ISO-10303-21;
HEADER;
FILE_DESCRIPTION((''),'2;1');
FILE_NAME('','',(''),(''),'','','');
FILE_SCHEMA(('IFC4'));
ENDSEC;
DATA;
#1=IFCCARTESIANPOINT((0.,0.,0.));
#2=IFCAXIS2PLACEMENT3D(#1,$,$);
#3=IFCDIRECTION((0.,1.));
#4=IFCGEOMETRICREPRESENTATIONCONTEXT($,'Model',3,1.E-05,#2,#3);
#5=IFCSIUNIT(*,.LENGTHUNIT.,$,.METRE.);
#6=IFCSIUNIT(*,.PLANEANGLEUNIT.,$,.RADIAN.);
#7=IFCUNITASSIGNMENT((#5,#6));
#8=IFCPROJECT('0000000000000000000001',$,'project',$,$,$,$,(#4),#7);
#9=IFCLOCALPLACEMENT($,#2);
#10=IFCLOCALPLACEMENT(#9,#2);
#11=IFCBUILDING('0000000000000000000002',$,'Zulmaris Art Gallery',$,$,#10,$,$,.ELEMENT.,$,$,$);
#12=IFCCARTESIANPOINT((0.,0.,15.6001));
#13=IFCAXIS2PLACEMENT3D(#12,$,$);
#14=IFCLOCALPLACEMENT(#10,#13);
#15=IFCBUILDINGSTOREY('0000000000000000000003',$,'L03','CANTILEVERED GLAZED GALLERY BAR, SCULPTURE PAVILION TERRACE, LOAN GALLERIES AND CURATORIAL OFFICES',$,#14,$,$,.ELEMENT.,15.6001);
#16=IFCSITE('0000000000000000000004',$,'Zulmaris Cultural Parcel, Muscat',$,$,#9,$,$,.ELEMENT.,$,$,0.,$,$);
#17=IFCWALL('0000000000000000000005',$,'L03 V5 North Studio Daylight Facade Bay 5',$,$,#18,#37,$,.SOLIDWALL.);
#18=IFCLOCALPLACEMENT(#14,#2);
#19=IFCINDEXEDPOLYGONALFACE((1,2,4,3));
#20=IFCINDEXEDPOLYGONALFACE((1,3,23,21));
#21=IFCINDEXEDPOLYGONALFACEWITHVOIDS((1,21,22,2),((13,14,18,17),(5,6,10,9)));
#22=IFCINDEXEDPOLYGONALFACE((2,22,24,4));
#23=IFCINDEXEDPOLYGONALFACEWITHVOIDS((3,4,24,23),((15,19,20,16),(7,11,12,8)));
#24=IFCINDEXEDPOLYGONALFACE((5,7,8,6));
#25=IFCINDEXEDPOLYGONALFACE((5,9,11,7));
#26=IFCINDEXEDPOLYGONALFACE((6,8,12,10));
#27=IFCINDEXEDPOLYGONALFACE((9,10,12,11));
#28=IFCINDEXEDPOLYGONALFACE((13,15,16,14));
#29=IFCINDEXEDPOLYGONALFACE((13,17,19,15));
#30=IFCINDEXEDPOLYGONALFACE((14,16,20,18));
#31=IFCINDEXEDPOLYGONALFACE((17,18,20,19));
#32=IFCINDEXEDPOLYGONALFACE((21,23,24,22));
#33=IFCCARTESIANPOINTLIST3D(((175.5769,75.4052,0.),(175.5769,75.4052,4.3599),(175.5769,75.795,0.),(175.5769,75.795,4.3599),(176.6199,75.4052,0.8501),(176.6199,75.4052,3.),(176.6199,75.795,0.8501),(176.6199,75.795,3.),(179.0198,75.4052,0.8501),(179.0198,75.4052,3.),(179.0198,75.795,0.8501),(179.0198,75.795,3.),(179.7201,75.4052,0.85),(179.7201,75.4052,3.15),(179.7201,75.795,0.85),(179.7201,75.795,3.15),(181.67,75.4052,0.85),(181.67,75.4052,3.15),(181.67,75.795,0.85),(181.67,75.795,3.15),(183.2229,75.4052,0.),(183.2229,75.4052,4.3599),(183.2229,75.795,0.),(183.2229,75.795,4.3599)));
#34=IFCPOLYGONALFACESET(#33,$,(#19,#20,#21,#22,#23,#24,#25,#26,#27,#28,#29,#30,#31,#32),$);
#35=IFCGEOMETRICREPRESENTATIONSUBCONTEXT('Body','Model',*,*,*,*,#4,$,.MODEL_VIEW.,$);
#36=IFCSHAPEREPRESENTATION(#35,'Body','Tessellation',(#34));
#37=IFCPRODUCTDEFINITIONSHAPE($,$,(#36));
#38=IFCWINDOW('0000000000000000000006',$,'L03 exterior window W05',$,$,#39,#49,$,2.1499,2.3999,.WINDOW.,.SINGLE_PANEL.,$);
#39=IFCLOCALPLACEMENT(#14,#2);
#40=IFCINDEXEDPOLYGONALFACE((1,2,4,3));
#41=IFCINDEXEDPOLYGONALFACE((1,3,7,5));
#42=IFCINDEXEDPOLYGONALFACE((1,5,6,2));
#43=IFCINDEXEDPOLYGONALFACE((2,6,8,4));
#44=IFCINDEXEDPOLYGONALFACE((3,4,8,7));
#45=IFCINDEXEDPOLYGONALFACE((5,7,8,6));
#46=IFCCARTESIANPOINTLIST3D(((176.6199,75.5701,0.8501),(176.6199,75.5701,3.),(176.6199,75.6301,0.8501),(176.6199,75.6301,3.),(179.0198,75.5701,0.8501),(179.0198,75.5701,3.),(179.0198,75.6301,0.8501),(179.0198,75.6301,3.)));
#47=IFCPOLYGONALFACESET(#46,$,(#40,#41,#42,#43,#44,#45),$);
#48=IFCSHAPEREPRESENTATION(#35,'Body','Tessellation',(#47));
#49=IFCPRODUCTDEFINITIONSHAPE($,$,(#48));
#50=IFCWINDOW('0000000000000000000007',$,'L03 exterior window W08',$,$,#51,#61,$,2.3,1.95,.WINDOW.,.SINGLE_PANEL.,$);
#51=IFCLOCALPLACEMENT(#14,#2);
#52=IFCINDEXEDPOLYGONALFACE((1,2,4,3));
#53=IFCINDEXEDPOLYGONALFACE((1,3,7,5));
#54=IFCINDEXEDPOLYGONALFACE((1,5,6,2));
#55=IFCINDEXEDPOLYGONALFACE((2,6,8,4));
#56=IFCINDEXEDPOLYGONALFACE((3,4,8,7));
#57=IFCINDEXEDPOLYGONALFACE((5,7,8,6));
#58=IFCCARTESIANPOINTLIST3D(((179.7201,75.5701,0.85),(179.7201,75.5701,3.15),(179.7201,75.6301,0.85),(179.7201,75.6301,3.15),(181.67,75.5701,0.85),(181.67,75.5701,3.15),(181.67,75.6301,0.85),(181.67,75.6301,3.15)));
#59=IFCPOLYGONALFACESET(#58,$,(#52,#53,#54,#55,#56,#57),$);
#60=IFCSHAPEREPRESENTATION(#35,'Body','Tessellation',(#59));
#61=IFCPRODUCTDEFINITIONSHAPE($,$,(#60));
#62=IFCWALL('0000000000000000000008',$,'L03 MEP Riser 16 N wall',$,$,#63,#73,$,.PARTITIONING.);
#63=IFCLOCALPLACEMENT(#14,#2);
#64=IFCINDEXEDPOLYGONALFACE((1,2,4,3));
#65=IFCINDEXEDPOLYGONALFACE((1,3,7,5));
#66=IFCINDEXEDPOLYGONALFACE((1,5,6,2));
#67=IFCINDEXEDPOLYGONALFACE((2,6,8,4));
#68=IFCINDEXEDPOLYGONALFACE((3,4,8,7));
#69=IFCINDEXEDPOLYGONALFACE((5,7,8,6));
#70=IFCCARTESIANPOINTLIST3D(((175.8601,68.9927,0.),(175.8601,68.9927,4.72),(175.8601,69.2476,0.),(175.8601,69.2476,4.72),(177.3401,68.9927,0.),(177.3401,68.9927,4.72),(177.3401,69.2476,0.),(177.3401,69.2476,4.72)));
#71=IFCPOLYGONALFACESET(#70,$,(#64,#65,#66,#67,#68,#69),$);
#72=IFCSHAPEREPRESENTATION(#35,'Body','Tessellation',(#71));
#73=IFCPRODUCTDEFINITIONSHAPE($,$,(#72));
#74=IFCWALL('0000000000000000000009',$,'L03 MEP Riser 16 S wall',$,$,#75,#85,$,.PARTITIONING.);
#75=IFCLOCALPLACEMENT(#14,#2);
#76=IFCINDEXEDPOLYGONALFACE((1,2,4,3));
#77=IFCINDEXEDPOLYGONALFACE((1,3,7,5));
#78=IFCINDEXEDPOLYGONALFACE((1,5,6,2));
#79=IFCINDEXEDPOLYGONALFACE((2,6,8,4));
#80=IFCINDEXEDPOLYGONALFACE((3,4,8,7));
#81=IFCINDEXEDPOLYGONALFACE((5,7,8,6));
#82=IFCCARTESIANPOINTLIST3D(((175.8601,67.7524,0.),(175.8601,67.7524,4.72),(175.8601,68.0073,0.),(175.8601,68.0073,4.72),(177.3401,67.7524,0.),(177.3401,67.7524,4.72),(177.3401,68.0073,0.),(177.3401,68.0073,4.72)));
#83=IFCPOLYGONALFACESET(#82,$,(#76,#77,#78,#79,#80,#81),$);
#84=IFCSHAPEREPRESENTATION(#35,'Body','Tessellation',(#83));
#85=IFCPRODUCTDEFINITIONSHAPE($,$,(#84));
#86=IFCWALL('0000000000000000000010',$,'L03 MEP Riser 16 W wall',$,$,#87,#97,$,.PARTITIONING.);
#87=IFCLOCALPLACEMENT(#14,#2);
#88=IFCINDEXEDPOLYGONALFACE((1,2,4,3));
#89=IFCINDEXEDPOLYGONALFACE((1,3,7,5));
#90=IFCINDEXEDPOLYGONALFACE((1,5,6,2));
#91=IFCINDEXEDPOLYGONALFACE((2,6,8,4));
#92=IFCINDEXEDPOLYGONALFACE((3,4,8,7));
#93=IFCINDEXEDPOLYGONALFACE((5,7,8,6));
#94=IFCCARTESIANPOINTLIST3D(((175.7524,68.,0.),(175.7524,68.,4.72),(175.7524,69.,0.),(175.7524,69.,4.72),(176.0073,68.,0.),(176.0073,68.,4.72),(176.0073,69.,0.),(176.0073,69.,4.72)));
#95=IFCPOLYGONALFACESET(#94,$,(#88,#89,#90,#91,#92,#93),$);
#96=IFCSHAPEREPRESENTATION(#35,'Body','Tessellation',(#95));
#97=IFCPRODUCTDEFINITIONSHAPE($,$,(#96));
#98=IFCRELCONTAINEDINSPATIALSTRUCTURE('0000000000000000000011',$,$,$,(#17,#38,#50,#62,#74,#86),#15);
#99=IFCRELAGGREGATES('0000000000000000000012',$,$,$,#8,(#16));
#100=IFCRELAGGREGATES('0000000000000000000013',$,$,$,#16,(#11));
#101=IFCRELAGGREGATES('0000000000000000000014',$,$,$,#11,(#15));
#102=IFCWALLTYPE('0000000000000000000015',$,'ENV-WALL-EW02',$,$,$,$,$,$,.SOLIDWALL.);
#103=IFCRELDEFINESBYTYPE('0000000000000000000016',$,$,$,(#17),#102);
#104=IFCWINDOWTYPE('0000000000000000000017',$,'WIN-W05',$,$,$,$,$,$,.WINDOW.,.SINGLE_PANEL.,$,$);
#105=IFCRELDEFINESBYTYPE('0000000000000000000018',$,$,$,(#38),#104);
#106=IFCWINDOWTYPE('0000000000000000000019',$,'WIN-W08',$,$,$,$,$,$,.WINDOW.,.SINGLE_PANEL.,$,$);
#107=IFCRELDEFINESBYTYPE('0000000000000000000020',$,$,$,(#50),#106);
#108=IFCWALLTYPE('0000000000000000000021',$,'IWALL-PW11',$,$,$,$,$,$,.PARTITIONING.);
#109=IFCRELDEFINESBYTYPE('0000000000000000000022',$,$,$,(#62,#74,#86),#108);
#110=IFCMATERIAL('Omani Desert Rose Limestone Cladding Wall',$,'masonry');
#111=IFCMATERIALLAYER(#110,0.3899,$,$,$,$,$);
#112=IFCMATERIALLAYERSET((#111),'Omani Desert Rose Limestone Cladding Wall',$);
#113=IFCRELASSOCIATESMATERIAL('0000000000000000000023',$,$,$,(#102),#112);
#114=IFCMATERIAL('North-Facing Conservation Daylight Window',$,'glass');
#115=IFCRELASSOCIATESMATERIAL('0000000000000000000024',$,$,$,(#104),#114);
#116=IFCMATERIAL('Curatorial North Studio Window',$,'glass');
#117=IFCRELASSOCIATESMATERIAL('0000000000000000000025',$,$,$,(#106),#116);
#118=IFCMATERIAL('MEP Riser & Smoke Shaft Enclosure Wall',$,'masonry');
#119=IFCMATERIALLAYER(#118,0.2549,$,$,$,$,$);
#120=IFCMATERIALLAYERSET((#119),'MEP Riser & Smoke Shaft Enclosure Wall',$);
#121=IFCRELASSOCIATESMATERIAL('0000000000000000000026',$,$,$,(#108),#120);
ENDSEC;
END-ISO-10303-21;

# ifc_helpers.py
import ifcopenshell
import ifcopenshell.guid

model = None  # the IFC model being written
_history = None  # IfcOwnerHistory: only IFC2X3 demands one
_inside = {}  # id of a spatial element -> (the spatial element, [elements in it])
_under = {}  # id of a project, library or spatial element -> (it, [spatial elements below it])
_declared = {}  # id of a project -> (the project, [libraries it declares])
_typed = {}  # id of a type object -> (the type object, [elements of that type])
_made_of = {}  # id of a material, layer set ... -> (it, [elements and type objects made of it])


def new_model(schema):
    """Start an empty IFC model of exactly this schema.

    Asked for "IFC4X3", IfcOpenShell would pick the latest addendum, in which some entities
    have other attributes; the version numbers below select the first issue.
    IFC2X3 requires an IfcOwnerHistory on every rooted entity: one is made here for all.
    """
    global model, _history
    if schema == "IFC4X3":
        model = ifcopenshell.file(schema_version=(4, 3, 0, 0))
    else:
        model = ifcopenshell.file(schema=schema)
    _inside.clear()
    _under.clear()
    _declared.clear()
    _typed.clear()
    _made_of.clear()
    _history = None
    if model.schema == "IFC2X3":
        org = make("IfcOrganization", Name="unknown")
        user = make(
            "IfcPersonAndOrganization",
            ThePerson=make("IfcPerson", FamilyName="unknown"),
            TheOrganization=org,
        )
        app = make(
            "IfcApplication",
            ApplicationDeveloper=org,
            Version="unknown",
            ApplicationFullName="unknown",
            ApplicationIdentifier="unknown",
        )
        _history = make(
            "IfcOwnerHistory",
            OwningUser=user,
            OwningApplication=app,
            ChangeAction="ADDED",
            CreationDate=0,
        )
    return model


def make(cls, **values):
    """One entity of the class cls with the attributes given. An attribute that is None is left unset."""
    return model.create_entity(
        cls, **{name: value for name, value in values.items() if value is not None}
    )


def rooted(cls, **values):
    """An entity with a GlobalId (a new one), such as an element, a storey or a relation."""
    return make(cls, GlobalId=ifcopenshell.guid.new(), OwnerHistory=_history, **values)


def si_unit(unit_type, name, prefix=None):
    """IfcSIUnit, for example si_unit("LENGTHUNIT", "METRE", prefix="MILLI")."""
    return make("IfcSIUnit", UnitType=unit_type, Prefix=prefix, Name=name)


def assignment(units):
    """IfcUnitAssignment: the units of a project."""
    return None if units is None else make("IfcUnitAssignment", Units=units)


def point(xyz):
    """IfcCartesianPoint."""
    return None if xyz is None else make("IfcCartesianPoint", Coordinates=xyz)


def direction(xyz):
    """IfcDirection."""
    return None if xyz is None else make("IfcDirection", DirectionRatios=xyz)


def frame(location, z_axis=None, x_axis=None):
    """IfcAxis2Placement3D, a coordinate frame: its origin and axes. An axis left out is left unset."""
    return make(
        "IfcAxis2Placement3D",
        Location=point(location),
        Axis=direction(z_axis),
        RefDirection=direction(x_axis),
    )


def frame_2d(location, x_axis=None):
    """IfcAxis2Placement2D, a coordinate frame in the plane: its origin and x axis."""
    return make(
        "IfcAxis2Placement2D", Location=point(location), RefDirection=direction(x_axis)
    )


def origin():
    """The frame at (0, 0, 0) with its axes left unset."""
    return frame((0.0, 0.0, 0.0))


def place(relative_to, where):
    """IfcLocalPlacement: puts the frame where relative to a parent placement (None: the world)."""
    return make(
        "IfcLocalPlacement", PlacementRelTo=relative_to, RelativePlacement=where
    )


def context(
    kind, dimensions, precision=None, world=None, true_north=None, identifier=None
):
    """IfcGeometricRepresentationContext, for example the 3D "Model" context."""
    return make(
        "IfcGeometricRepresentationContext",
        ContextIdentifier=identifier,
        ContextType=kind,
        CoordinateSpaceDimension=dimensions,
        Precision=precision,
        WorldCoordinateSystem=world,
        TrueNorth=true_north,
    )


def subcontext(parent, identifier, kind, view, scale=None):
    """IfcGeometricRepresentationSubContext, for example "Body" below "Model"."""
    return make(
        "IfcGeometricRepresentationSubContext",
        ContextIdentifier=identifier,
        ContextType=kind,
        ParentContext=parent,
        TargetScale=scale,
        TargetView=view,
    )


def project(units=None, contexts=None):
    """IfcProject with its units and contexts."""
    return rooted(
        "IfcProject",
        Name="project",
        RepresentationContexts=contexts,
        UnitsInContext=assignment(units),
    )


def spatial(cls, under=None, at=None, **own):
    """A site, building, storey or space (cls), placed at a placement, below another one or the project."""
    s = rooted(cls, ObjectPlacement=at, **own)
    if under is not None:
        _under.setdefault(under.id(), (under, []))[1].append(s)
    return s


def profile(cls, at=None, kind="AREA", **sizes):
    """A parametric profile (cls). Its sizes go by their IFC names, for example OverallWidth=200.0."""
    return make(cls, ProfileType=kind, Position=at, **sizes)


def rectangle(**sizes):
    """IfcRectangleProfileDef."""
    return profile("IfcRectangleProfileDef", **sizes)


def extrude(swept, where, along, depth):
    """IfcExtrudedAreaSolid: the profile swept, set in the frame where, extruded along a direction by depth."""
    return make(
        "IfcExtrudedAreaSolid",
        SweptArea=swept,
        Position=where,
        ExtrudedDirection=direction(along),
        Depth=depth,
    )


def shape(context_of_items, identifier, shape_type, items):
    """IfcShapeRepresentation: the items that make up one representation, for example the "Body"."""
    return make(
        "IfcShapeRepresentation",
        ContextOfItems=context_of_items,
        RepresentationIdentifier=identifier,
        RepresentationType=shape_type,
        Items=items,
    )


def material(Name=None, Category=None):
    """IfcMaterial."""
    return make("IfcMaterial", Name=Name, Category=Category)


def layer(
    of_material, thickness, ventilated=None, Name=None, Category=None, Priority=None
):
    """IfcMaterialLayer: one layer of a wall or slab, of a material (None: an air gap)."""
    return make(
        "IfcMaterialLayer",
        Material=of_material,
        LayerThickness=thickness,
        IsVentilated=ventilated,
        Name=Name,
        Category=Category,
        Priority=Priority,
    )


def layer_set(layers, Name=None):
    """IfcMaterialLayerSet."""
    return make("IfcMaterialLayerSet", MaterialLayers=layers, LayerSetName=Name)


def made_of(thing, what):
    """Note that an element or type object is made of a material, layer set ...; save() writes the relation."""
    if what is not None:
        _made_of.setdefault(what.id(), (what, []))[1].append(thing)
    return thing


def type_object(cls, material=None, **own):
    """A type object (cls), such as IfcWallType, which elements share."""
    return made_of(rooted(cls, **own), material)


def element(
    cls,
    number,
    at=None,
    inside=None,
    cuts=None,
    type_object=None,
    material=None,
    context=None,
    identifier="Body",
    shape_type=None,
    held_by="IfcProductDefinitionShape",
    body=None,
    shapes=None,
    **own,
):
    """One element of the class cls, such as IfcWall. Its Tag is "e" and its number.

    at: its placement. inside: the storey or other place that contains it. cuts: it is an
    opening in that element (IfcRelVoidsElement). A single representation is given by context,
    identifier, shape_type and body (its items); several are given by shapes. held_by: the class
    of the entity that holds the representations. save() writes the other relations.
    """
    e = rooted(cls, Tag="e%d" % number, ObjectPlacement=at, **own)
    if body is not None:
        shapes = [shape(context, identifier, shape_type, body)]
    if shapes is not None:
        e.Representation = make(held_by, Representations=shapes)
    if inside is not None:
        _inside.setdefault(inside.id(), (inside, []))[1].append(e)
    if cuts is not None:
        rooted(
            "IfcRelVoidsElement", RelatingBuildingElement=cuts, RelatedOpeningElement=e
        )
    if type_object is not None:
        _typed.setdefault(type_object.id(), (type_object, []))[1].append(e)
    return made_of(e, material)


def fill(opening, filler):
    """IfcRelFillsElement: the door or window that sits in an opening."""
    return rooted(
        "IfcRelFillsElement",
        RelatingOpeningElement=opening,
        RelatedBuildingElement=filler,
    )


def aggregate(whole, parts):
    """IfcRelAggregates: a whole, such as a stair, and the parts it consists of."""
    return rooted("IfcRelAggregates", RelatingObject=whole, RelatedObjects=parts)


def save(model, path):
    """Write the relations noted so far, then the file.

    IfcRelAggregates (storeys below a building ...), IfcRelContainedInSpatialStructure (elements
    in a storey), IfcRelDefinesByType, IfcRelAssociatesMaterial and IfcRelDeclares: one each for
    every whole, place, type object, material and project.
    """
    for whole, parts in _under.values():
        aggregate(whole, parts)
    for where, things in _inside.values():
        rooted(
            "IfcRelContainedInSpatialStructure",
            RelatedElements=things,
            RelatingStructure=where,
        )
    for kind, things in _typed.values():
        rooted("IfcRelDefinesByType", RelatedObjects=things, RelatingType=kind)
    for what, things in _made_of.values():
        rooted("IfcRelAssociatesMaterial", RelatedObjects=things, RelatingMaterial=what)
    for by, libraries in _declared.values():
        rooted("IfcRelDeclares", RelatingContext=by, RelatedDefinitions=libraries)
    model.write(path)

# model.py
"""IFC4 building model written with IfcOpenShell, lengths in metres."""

from ifc_helpers import new_model, si_unit, direction, frame, frame_2d, origin, place, context, subcontext, project, spatial, rectangle, extrude, material, layer, layer_set, type_object, element, fill, save


model = new_model("IFC4")

# Units and contexts
model_context = context("Model", 3, precision=1e-05, world=origin(), true_north=direction((0.0, 1.0)))
body_context = subcontext(model_context, "Body", "Model", "MODEL_VIEW")
ifc_project = project(units=[si_unit("LENGTHUNIT", "METRE"), si_unit("PLANEANGLEUNIT", "RADIAN")], contexts=[model_context])

# Site, building, storey
site_placement = place(None, origin())
site = spatial("IfcSite", under=ifc_project, at=site_placement, Name="Zulmaris Cultural Parcel, Muscat", CompositionType="ELEMENT", RefElevation=0.0)
building_placement = place(site_placement, origin())
building = spatial("IfcBuilding", under=site, at=building_placement, Name="Zulmaris Art Gallery", CompositionType="ELEMENT")
storey_placement = place(building_placement, frame((0.0, 0.0, 15.6001)))
storey = spatial("IfcBuildingStorey", under=building, at=storey_placement, Name="L03", Description="CANTILEVERED GLAZED GALLERY BAR, SCULPTURE PAVILION TERRACE, LOAN GALLERIES AND CURATORIAL OFFICES", CompositionType="ELEMENT", Elevation=15.6001)

# Wall, openings, windows
ifc_material_1 = material(Name="Omani Desert Rose Limestone Cladding Wall", Category="masonry")
ifc_layer_1 = layer(ifc_material_1, 0.3899)
ifc_layer_set_1 = layer_set([ifc_layer_1], Name="Omani Desert Rose Limestone Cladding Wall")
wall_type_1 = type_object("IfcWallType", Name="ENV-WALL-EW02", PredefinedType="SOLIDWALL", material=ifc_layer_set_1)
wall_1_placement = place(storey_placement, frame((175.5769, 75.6001, 0.0), z_axis=(0.0, 0.0, 1.0), x_axis=(1.0, 0.0, 0.0)))
wall_1 = element("IfcWall", 1, at=wall_1_placement, inside=storey, type_object=wall_type_1, Name="L03 V5 North Studio Daylight Facade Bay 5", PredefinedType="SOLIDWALL", context=body_context, shape_type="SweptSolid", body=[
    extrude(rectangle(XDim=7.646, YDim=0.3899, at=frame_2d((3.823, 0.0))), origin(), (0.0, 0.0, 1.0), 4.3599),
])
opening_1_placement = place(wall_1_placement, frame((1.043, 0.0, 0.8501)))
opening_1 = element("IfcOpeningElement", 2, at=opening_1_placement, cuts=wall_1, PredefinedType="OPENING", context=body_context, shape_type="SweptSolid", body=[
    extrude(rectangle(XDim=2.3999, YDim=2.1499, at=frame_2d((1.2, 1.075))), frame((0.0, 0.2048, 0.0), z_axis=(0.0, -1.0, 0.0), x_axis=(1.0, 0.0, 0.0)), (0.0, 0.0, 1.0), 0.4099),
])
opening_2_placement = place(wall_1_placement, frame((4.1431, 0.0, 0.8501)))
opening_2 = element("IfcOpeningElement", 3, at=opening_2_placement, cuts=wall_1, PredefinedType="OPENING", context=body_context, shape_type="SweptSolid", body=[
    extrude(rectangle(XDim=1.95, YDim=2.3, at=frame_2d((0.9751, 1.1499))), frame((0.0, 0.2048, 0.0), z_axis=(0.0, -1.0, 0.0), x_axis=(1.0, 0.0, 0.0)), (0.0, 0.0, 1.0), 0.4099),
])
ifc_material_2 = material(Name="North-Facing Conservation Daylight Window", Category="glass")
window_type_1 = type_object("IfcWindowType", Name="WIN-W05", PartitioningType="SINGLE_PANEL", PredefinedType="WINDOW", material=ifc_material_2)
window_1_placement = place(opening_1_placement, origin())
window_1 = element("IfcWindow", 4, at=window_1_placement, inside=storey, type_object=window_type_1, Name="L03 exterior window W05", OverallHeight=2.1499, OverallWidth=2.3999, PartitioningType="SINGLE_PANEL", PredefinedType="WINDOW", context=body_context, shape_type="SweptSolid", body=[
    extrude(rectangle(XDim=2.3999, YDim=2.1499, at=frame_2d((1.2, 1.075))), frame((0.0, 0.03, 0.0), z_axis=(0.0, -1.0, 0.0), x_axis=(1.0, 0.0, 0.0)), (0.0, 0.0, 1.0), 0.0601),
])
fill(opening_1, window_1)
ifc_material_3 = material(Name="Curatorial North Studio Window", Category="glass")
window_type_2 = type_object("IfcWindowType", Name="WIN-W08", PartitioningType="SINGLE_PANEL", PredefinedType="WINDOW", material=ifc_material_3)
window_2_placement = place(opening_2_placement, origin())
window_2 = element("IfcWindow", 5, at=window_2_placement, inside=storey, type_object=window_type_2, Name="L03 exterior window W08", OverallHeight=2.3, OverallWidth=1.95, PartitioningType="SINGLE_PANEL", PredefinedType="WINDOW", context=body_context, shape_type="SweptSolid", body=[
    extrude(rectangle(XDim=1.95, YDim=2.3, at=frame_2d((0.9751, 1.1499))), frame((0.0, 0.03, 0.0), z_axis=(0.0, -1.0, 0.0), x_axis=(1.0, 0.0, 0.0)), (0.0, 0.0, 1.0), 0.0601),
])
fill(opening_2, window_2)

# Walls
ifc_material_4 = material(Name="MEP Riser & Smoke Shaft Enclosure Wall", Category="masonry")
ifc_layer_2 = layer(ifc_material_4, 0.2549)
ifc_layer_set_2 = layer_set([ifc_layer_2], Name="MEP Riser & Smoke Shaft Enclosure Wall")
wall_type_2 = type_object("IfcWallType", Name="IWALL-PW11", PredefinedType="PARTITIONING", material=ifc_layer_set_2)
for number, where, z_axis, x_axis, name in (
    (6, (175.8601, 69.1201, 0.0), (0.0, 0.0, 1.0), (1.0, 0.0, 0.0), "L03 MEP Riser 16 N wall"),
    (7, (175.8601, 67.8799, 0.0), (0.0, 0.0, 1.0), (1.0, 0.0, 0.0), "L03 MEP Riser 16 S wall"),
):
    element("IfcWall", number, at=place(storey_placement, frame(where, z_axis=z_axis, x_axis=x_axis)), inside=storey, type_object=wall_type_2, Name=name, PredefinedType="PARTITIONING", context=body_context, shape_type="SweptSolid", body=[
        extrude(rectangle(XDim=1.48, YDim=0.2549, at=frame_2d((0.74, 0.0))), origin(), (0.0, 0.0, 1.0), 4.72),
    ])
wall_2_placement = place(storey_placement, frame((175.8799, 68.0, 0.0), z_axis=(0.0, 0.0, 1.0), x_axis=(0.0, 1.0, 0.0)))
element("IfcWall", 8, at=wall_2_placement, inside=storey, type_object=wall_type_2, Name="L03 MEP Riser 16 W wall", PredefinedType="PARTITIONING", context=body_context, shape_type="SweptSolid", body=[
    extrude(rectangle(XDim=1.0, YDim=0.2549, at=frame_2d((0.5, 0.0))), origin(), (0.0, 0.0, 1.0), 4.72),
])

save(model, "model.ifc")
